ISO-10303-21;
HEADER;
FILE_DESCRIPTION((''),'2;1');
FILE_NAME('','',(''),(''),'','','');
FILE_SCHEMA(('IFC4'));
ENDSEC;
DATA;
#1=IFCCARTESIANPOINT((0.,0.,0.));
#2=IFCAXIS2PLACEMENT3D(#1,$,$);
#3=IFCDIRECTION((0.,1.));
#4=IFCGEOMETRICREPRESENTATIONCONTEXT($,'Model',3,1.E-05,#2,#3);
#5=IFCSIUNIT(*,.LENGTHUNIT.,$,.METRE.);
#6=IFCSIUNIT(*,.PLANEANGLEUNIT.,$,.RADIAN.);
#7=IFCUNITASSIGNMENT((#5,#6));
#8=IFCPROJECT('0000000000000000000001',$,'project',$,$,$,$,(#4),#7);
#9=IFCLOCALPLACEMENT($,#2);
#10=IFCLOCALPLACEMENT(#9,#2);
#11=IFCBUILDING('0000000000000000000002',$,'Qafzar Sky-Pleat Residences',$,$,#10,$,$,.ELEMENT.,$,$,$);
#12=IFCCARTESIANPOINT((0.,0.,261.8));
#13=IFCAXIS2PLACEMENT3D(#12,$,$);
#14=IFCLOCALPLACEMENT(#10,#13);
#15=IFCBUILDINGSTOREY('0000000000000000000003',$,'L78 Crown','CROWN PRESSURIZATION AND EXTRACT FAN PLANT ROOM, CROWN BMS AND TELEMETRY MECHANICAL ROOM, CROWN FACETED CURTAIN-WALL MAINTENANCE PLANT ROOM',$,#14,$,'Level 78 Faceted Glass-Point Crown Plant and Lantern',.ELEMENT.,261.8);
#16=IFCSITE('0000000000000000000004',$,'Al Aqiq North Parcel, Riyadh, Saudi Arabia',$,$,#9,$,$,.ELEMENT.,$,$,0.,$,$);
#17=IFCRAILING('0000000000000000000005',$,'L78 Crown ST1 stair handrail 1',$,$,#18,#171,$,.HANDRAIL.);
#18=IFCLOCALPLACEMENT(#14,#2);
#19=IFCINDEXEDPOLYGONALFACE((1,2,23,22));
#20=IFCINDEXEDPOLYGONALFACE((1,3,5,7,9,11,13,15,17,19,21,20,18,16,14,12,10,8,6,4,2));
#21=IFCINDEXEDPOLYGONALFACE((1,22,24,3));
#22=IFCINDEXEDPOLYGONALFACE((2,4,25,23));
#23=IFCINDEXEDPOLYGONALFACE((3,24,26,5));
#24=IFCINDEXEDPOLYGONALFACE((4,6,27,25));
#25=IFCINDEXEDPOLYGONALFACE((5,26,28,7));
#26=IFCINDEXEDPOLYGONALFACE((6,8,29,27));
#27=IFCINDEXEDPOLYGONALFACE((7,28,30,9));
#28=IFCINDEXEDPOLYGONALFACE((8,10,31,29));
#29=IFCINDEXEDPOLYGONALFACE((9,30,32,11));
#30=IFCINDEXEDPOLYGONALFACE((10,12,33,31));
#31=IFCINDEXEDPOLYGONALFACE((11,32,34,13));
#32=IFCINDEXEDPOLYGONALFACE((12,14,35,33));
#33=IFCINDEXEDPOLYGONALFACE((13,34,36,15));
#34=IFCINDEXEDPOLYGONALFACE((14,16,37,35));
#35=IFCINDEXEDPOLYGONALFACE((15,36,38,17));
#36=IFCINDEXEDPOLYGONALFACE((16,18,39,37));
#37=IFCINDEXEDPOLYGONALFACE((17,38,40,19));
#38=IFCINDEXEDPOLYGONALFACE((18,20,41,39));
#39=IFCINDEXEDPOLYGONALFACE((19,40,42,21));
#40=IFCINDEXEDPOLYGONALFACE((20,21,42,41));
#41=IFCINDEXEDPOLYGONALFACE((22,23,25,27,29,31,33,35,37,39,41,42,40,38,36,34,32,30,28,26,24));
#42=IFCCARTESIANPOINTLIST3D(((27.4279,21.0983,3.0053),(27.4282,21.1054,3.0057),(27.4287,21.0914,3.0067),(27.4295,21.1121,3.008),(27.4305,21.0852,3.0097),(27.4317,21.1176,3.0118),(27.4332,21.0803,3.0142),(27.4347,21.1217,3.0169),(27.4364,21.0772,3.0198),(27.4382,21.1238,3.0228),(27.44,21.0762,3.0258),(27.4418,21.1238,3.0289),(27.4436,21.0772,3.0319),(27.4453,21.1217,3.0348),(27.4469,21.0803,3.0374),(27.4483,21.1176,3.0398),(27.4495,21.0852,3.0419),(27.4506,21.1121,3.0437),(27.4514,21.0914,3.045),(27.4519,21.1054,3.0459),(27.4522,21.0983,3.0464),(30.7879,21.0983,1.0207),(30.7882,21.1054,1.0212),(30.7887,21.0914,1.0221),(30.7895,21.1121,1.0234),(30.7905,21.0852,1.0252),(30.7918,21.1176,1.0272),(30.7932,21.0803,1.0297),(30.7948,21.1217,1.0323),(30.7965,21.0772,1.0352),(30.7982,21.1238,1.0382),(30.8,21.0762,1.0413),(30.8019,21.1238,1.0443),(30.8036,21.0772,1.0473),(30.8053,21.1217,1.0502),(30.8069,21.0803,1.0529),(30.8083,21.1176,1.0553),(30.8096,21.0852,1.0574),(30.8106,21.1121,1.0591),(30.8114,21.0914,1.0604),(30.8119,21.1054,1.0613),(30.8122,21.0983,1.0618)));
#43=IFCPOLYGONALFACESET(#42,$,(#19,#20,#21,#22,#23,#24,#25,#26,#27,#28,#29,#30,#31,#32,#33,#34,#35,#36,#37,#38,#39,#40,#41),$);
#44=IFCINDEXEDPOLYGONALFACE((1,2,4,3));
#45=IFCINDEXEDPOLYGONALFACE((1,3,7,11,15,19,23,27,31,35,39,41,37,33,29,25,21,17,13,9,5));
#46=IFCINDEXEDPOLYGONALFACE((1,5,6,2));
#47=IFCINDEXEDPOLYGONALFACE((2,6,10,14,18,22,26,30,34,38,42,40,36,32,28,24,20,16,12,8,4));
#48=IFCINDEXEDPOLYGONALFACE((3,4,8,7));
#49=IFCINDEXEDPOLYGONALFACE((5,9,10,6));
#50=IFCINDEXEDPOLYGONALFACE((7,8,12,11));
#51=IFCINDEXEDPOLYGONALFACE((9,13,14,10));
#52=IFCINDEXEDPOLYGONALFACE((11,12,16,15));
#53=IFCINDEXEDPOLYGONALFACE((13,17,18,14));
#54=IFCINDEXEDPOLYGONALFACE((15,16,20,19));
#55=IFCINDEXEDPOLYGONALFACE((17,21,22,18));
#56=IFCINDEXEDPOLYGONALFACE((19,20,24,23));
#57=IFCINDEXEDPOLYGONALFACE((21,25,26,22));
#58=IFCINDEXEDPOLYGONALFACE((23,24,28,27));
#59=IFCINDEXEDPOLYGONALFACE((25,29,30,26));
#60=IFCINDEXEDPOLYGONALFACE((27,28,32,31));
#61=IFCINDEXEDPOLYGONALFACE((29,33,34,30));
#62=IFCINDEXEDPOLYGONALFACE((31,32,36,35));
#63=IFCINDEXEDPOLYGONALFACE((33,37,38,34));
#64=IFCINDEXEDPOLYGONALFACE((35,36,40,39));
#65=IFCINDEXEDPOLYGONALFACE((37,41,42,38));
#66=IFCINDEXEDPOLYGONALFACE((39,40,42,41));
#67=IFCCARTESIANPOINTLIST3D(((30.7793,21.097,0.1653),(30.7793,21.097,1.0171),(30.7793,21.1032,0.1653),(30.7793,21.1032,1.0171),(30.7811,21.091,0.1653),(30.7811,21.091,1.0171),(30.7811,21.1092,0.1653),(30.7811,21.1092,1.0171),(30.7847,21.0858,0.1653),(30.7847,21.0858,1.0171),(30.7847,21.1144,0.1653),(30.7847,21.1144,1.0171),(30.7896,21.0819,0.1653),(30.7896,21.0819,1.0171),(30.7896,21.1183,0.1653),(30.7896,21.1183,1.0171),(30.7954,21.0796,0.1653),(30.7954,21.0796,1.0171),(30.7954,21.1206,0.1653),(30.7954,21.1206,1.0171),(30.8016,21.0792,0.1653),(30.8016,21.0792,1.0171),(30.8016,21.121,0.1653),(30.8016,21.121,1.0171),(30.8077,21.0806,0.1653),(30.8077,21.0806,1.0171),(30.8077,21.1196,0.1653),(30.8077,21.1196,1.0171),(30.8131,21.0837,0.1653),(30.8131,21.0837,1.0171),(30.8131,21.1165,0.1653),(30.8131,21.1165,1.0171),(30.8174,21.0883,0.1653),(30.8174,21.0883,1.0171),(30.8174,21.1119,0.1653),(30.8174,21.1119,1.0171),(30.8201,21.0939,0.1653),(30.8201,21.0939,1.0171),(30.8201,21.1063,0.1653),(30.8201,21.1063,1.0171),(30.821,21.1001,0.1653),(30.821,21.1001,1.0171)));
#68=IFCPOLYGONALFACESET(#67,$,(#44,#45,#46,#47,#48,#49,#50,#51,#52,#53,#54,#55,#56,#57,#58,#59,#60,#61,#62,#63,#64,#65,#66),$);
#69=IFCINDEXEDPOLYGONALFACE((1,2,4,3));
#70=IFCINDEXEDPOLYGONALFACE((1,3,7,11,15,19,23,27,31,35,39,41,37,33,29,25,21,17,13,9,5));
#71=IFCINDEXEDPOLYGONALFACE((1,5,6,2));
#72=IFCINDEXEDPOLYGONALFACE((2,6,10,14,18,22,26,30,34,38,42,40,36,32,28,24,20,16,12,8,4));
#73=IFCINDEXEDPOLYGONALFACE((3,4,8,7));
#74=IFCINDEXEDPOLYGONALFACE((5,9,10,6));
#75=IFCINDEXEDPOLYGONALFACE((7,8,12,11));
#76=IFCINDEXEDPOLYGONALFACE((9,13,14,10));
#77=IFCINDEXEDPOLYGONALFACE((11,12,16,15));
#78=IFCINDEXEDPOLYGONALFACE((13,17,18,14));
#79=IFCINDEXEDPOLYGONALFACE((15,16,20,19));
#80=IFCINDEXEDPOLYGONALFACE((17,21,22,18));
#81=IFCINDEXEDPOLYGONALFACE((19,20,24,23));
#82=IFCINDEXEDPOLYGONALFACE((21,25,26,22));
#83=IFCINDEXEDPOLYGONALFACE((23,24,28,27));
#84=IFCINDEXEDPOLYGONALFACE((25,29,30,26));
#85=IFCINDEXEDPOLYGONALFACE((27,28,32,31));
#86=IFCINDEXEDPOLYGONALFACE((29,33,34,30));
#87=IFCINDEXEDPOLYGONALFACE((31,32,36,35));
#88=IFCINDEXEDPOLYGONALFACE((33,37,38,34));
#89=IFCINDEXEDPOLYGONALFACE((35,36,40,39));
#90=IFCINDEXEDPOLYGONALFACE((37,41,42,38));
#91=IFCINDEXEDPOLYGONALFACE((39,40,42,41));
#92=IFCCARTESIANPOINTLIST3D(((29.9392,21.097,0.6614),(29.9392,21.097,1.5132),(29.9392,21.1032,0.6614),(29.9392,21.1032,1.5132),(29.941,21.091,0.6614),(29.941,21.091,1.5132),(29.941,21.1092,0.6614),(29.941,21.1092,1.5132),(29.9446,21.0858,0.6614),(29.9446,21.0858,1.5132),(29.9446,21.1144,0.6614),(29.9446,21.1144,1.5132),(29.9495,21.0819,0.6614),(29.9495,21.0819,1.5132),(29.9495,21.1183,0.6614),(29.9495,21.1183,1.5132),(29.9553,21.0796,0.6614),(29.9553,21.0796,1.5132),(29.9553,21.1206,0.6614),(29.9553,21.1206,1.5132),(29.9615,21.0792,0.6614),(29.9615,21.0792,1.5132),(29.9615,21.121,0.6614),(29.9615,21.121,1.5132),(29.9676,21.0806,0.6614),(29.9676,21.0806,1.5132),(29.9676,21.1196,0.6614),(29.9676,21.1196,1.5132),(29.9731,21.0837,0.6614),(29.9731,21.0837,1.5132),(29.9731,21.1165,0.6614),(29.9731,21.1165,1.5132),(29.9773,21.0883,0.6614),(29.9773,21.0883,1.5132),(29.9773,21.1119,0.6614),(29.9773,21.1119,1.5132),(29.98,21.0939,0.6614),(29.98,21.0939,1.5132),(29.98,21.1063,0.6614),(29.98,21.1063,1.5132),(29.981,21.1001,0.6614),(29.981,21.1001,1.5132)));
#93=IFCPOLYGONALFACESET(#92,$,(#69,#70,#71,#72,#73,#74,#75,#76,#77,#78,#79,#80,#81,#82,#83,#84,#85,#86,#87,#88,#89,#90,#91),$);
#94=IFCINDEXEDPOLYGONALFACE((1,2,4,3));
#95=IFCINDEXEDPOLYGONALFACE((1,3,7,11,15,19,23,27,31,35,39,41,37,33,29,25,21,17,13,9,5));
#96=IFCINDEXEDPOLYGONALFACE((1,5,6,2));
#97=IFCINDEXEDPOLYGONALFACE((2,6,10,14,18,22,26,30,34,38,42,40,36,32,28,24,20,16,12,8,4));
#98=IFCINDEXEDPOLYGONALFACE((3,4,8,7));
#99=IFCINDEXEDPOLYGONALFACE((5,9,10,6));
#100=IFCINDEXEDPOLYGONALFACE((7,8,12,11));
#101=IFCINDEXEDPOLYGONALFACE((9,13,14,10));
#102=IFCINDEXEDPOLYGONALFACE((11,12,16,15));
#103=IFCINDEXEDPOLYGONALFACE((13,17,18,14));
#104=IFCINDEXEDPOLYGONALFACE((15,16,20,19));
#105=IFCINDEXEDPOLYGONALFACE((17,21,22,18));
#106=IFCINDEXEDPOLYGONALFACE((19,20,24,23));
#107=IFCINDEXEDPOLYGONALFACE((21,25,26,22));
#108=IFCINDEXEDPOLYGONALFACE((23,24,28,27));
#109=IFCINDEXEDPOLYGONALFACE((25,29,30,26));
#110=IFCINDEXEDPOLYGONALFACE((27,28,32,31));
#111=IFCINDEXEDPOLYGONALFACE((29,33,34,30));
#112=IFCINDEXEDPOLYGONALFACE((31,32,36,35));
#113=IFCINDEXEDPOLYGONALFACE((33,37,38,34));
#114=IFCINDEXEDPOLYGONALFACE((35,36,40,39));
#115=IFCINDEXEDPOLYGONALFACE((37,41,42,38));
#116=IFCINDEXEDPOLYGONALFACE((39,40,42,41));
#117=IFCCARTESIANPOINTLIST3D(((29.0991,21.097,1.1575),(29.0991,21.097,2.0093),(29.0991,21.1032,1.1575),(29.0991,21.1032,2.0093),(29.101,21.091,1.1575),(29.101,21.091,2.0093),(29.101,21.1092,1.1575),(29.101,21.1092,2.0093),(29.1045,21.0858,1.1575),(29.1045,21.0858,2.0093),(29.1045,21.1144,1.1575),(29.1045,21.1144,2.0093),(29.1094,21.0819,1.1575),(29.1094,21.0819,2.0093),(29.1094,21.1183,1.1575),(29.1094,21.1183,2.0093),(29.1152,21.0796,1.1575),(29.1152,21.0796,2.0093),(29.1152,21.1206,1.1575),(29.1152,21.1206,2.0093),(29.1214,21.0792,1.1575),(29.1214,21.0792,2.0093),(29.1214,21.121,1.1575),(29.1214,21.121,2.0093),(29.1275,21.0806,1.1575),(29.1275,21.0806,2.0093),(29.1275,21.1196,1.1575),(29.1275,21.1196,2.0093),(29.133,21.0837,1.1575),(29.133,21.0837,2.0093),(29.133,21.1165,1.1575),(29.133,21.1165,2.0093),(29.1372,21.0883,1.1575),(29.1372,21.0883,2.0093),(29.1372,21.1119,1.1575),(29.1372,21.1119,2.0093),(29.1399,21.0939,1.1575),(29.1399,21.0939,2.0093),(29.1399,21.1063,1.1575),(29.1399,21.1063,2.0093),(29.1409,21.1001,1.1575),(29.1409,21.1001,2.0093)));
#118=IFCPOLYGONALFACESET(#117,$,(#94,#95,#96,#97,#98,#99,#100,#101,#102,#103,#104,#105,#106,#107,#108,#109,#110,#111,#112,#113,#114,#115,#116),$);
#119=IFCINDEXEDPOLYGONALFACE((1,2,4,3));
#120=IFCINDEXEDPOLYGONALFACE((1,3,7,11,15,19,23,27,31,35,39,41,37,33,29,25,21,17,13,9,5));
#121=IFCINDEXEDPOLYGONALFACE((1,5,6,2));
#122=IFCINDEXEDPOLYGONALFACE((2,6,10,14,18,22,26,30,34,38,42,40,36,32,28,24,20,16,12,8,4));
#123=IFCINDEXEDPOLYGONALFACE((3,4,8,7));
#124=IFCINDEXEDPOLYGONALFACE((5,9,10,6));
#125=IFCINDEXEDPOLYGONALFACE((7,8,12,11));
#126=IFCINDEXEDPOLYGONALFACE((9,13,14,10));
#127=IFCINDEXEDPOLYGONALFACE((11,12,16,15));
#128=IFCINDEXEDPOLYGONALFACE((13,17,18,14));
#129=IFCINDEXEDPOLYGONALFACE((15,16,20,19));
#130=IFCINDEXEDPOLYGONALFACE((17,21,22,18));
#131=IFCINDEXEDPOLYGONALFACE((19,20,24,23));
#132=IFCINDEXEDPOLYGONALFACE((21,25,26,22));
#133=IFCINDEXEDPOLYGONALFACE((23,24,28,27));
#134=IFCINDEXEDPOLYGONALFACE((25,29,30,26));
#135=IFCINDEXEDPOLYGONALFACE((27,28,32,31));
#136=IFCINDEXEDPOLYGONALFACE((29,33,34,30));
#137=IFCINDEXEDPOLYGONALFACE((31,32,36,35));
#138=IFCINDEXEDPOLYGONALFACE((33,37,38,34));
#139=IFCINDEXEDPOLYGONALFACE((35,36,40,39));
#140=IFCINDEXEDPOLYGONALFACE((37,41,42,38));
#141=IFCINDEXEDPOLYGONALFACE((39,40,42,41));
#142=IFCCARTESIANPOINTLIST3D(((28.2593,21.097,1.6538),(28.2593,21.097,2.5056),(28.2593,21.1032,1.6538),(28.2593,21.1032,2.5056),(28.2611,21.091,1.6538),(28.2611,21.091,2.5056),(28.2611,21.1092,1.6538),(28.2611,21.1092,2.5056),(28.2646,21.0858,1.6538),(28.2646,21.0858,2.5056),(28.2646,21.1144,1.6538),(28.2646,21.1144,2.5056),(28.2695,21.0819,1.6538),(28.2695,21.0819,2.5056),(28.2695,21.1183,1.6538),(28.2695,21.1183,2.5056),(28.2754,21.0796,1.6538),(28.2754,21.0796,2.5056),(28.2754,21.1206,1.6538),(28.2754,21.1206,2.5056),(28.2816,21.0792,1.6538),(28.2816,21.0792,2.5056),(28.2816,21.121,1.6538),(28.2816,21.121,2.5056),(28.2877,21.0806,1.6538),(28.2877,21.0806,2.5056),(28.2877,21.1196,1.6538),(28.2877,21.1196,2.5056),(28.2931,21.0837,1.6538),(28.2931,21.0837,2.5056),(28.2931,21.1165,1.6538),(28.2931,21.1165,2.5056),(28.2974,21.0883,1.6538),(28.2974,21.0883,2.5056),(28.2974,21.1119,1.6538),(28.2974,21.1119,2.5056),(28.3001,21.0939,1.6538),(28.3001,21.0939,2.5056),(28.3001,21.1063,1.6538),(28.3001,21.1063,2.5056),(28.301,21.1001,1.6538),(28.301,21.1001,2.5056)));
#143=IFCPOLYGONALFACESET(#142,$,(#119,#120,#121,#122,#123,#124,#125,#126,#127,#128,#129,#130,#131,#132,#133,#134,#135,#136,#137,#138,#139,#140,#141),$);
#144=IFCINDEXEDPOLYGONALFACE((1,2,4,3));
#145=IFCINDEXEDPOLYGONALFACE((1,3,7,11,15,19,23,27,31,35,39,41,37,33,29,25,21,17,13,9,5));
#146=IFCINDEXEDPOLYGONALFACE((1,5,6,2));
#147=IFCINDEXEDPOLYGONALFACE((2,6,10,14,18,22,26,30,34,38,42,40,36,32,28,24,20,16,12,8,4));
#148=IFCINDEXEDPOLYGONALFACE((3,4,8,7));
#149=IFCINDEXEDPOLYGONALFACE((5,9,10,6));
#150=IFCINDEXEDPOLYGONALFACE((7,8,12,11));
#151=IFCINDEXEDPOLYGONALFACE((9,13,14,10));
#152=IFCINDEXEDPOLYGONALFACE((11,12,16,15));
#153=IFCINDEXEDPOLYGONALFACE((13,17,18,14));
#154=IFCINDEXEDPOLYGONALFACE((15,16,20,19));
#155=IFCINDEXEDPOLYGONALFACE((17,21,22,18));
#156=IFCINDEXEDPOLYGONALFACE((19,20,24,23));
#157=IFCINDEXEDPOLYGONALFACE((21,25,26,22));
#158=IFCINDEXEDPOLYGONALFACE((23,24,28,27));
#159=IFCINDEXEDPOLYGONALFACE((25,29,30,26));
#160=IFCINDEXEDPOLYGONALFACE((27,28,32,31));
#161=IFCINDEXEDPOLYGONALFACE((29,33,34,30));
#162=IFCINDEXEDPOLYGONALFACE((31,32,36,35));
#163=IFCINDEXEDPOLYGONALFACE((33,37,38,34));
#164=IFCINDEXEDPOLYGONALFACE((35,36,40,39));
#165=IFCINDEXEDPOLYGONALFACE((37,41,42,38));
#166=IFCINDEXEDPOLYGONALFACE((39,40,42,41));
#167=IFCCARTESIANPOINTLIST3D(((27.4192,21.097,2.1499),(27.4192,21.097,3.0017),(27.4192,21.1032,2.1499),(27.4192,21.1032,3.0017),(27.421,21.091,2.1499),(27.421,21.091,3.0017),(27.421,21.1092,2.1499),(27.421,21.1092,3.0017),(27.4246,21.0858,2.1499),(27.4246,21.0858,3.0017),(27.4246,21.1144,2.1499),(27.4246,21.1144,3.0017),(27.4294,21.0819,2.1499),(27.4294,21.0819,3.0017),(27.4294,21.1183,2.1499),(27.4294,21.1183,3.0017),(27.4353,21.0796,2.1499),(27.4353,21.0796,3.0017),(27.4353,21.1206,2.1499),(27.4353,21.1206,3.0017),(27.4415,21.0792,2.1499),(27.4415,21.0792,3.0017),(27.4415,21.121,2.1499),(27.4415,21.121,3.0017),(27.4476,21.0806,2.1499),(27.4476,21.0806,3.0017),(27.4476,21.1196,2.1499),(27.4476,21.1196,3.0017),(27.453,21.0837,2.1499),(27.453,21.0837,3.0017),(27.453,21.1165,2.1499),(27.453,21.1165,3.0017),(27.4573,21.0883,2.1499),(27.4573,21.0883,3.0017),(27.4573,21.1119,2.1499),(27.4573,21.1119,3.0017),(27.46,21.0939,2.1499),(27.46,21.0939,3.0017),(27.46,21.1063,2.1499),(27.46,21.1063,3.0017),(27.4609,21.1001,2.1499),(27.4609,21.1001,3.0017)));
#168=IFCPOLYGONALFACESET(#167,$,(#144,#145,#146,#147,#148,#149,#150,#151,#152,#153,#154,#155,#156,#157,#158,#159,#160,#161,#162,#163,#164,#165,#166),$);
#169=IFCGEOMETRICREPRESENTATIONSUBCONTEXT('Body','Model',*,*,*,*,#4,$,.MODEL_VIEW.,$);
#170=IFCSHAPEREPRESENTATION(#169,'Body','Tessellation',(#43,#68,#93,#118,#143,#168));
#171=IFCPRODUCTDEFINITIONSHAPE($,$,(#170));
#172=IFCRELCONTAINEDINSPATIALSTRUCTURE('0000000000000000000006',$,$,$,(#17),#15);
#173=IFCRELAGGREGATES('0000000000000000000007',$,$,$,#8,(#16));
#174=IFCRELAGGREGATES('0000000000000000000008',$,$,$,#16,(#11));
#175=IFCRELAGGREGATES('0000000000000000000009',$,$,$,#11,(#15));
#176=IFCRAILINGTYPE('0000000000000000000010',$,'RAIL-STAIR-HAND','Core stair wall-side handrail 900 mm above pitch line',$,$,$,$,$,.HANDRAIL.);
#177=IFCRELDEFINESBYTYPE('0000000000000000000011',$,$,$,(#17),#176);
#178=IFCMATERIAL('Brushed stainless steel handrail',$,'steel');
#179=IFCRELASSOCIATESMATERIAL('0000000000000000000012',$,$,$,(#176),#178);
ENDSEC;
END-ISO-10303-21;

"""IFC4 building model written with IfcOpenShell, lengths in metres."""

from ifc_helpers import new_model, si_unit, direction, frame, origin, origin_2d, place, context, subcontext, project, spatial, circle, extrude, source, transform, mapped, material, type_object, element, save


model = new_model("IFC4")

# Units and contexts
model_context = context("Model", 3, precision=1e-05, world=origin(), true_north=direction((0.0, 1.0)))
body_context = subcontext(model_context, "Body", "Model", "MODEL_VIEW")
ifc_project = project(units=[si_unit("LENGTHUNIT", "METRE"), si_unit("PLANEANGLEUNIT", "RADIAN")], contexts=[model_context])

# Site, building, storey
site_placement = place(None, origin())
site = spatial("IfcSite", under=ifc_project, at=site_placement, Name="Al Aqiq North Parcel, Riyadh, Saudi Arabia", CompositionType="ELEMENT", RefElevation=0.0)
building_placement = place(site_placement, origin())
building = spatial("IfcBuilding", under=site, at=building_placement, Name="Qafzar Sky-Pleat Residences", CompositionType="ELEMENT")
storey_placement = place(building_placement, frame((0.0, 0.0, 261.8)))
storey = spatial("IfcBuildingStorey", under=building, at=storey_placement, Name="L78 Crown", Description="CROWN PRESSURIZATION AND EXTRACT FAN PLANT ROOM, CROWN BMS AND TELEMETRY MECHANICAL ROOM, CROWN FACETED CURTAIN-WALL MAINTENANCE PLANT ROOM", LongName="Level 78 Faceted Glass-Point Crown Plant and Lantern", CompositionType="ELEMENT", Elevation=261.8)

# Railing
ifc_material_1 = material(Name="Brushed stainless steel handrail", Category="steel")
railing_type_1 = type_object("IfcRailingType", Name="RAIL-STAIR-HAND", Description="Core stair wall-side handrail 900 mm above pitch line", PredefinedType="HANDRAIL", material=ifc_material_1)
shared_shape_1 = source(origin(), body_context, "Body", "SweptSolid", [
    extrude(circle(Radius=0.0239, at=origin_2d()), frame((0.0, 0.0, 0.876), z_axis=(-0.861027, 0.0, 0.508559), x_axis=(0.0, -1.0, 0.0)), (0.0, 0.0, 1.0), 3.9023),
    extrude(circle(Radius=0.021, at=origin_2d()), origin(), (0.0, 0.0, 1.0), 0.8518),
    extrude(circle(Radius=0.021, at=origin_2d()), frame((-0.8401, 0.0, 0.4961)), (0.0, 0.0, 1.0), 0.8518),
    extrude(circle(Radius=0.021, at=origin_2d()), frame((-1.6802, 0.0, 0.9922)), (0.0, 0.0, 1.0), 0.8518),
    extrude(circle(Radius=0.021, at=origin_2d()), frame((-2.52, 0.0, 1.4885)), (0.0, 0.0, 1.0), 0.8518),
    extrude(circle(Radius=0.021, at=origin_2d()), frame((-3.3601, 0.0, 1.9846)), (0.0, 0.0, 1.0), 0.8518),
])
railing_1_placement = place(storey_placement, frame((30.8, 21.1001, 0.1653)))
element("IfcRailing", 1, at=railing_1_placement, inside=storey, type_object=railing_type_1, Name="L78 Crown ST1 stair handrail 1", PredefinedType="HANDRAIL", context=body_context, shape_type="MappedRepresentation", body=[
    mapped(shared_shape_1, transform((0.0, 0.0, 0.0), x_axis=(1.0, 0.0, 0.0), y_axis=(0.0, 1.0, 0.0), z_axis=(0.0, 0.0, 1.0), scale=1.0)),
])

save(model, "model.ifc")
